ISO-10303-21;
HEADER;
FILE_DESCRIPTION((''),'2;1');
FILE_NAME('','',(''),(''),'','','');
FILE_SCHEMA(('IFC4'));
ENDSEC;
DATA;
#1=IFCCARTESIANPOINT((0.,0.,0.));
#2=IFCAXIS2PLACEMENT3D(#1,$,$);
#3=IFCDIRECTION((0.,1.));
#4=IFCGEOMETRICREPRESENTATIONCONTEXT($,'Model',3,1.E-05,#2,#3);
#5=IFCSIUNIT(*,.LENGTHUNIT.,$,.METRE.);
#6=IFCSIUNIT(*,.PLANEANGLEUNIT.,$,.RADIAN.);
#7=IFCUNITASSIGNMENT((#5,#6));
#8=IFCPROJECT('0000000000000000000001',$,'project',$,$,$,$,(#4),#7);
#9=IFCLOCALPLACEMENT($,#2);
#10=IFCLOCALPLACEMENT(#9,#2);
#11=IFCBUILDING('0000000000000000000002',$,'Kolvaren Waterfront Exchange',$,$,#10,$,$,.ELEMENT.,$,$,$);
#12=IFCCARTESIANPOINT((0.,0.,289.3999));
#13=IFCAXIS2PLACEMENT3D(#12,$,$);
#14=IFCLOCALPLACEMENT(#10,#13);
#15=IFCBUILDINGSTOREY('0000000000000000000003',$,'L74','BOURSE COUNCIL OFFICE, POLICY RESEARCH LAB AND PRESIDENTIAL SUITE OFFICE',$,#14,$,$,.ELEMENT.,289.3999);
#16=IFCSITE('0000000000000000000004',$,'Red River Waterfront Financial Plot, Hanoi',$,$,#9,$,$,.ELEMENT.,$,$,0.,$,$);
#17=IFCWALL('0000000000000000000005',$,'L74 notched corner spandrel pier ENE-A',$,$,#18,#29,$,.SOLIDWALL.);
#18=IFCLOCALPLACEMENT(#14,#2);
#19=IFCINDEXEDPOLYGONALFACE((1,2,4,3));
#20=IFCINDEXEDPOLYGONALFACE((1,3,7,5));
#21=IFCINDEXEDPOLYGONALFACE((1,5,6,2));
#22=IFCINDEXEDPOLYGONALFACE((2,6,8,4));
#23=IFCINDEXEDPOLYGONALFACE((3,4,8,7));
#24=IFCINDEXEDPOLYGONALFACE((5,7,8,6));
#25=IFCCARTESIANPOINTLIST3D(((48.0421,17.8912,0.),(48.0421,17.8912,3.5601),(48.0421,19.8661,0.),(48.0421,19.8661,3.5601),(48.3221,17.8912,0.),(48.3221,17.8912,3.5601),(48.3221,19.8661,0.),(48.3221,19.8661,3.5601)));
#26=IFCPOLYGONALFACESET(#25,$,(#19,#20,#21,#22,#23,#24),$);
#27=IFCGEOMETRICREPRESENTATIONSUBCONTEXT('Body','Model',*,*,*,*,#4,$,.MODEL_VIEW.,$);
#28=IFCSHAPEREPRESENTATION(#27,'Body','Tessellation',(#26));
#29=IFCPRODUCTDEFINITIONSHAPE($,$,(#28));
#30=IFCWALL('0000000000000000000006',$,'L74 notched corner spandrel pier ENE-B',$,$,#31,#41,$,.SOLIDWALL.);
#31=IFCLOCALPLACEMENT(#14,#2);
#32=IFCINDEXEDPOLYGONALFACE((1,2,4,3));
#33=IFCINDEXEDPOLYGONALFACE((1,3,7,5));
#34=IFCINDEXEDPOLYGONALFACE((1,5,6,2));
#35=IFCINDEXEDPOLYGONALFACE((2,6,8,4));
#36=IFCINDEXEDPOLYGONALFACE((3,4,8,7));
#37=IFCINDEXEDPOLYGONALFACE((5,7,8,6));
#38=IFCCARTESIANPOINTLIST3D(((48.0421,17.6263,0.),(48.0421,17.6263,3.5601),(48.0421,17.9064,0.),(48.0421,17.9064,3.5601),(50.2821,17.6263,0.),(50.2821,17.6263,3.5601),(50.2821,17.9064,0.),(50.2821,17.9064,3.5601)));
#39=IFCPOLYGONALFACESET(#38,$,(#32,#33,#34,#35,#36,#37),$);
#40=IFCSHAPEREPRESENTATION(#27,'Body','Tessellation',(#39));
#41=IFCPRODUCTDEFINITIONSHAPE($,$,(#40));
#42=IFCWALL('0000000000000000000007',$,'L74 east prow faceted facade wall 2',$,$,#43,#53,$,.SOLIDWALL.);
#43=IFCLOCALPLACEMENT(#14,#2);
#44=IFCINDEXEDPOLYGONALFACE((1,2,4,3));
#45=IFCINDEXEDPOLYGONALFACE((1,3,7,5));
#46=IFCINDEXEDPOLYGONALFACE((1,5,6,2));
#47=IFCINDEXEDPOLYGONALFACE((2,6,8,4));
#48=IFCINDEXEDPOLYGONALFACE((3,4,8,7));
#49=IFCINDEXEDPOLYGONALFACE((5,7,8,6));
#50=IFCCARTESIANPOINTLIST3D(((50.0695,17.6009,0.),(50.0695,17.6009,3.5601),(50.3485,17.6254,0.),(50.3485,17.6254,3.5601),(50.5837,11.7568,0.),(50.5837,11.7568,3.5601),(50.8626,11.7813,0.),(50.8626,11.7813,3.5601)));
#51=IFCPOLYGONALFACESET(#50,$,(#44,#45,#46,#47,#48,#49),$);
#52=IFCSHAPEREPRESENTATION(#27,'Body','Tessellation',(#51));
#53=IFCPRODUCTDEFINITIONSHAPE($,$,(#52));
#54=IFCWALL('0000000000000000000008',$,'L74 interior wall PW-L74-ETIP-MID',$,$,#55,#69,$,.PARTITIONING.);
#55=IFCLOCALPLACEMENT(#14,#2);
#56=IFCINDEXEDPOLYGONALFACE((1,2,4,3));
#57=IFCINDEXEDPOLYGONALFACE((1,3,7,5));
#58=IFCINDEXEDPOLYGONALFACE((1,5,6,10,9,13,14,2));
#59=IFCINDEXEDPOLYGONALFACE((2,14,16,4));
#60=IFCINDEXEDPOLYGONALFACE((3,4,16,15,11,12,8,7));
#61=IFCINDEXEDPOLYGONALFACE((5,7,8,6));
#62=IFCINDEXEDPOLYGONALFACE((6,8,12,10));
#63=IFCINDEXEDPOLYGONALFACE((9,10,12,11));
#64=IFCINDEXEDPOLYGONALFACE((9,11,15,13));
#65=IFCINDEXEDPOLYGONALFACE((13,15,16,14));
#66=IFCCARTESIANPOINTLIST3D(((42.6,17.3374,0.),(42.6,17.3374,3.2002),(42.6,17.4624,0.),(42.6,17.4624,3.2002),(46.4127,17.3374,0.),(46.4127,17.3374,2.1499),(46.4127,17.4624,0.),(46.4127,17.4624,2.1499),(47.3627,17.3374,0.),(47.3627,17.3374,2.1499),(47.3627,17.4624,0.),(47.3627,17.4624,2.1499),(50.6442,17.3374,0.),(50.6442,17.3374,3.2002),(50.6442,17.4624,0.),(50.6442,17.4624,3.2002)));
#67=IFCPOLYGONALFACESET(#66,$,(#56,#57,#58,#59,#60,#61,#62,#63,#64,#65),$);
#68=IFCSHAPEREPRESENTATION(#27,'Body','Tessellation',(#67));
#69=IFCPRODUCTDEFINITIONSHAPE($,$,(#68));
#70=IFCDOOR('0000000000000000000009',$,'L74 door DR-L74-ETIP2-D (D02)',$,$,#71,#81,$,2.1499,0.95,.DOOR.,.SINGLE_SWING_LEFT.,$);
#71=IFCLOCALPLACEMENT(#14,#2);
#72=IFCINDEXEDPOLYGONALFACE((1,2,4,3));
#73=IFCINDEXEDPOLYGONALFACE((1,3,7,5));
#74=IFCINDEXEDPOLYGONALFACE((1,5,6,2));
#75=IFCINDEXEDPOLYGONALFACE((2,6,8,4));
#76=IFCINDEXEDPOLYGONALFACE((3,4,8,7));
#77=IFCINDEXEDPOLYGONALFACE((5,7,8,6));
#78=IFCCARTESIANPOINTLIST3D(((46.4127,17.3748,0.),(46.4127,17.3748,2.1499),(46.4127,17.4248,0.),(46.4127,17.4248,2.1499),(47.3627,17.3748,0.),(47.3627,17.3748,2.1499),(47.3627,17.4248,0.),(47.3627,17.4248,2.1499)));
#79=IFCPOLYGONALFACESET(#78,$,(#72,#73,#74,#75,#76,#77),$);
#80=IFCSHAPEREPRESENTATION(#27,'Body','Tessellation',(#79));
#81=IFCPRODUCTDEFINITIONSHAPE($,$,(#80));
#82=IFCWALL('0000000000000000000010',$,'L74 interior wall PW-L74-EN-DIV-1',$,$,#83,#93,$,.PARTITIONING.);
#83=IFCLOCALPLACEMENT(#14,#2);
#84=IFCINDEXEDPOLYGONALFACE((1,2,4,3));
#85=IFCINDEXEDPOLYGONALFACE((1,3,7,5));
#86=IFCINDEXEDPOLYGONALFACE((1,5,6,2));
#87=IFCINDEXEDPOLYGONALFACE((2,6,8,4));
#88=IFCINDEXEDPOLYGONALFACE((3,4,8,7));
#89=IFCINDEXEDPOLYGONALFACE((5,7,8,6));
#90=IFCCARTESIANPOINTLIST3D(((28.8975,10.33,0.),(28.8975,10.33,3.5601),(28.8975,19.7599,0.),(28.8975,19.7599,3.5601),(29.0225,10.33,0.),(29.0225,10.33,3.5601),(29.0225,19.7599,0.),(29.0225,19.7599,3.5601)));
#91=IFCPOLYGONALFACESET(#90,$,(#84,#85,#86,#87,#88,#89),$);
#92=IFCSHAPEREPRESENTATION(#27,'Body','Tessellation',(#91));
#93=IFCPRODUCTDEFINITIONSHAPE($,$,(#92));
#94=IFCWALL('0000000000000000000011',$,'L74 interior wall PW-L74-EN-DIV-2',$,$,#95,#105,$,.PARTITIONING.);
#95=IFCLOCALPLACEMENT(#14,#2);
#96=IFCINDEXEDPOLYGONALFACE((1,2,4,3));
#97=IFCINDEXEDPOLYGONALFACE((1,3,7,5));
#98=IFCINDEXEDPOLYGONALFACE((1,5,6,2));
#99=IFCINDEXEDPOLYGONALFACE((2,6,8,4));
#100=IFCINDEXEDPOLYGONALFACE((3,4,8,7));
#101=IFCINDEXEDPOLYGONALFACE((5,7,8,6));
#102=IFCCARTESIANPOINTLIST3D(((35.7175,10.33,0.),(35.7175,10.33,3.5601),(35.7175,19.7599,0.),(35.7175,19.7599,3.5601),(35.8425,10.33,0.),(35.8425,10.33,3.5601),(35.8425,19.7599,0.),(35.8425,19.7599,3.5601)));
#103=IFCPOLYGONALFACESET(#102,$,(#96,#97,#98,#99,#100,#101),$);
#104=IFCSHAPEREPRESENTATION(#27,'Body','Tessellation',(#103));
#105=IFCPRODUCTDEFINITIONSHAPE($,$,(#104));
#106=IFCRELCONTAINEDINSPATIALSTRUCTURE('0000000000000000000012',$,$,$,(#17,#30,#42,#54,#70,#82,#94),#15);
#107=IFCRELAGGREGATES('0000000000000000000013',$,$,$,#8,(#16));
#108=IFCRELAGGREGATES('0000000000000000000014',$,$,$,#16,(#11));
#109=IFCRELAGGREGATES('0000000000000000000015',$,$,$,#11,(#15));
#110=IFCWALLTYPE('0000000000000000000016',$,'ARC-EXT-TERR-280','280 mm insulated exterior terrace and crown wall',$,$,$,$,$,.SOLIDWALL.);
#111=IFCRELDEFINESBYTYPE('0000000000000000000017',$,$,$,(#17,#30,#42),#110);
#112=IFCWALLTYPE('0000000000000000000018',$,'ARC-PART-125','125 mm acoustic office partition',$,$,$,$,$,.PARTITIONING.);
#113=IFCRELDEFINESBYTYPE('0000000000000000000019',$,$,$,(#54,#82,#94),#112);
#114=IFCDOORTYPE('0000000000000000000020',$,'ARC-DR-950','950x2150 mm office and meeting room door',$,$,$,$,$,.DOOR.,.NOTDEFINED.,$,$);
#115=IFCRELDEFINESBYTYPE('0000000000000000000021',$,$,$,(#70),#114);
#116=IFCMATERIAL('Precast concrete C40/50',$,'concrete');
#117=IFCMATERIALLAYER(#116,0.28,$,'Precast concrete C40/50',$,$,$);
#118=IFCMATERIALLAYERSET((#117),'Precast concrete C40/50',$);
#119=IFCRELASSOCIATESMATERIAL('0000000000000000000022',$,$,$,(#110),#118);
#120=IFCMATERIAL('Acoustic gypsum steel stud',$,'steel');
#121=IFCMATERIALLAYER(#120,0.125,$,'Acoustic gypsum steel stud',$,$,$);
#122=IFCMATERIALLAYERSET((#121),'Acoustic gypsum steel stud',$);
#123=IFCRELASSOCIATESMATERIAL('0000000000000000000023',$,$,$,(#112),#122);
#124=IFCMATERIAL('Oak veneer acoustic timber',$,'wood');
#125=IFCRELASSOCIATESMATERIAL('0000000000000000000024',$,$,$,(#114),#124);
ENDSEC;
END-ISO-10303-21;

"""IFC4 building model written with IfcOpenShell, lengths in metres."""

from ifc_helpers import new_model, si_unit, direction, frame, frame_2d, origin, place, context, subcontext, project, spatial, rectangle, extrude, material, layer, layer_set, type_object, element, fill, save


model = new_model("IFC4")

# Units and contexts
model_context = context("Model", 3, precision=1e-05, world=origin(), true_north=direction((0.0, 1.0)))
body_context = subcontext(model_context, "Body", "Model", "MODEL_VIEW")
ifc_project = project(units=[si_unit("LENGTHUNIT", "METRE"), si_unit("PLANEANGLEUNIT", "RADIAN")], contexts=[model_context])

# Site, building, storey
site_placement = place(None, origin())
site = spatial("IfcSite", under=ifc_project, at=site_placement, Name="Red River Waterfront Financial Plot, Hanoi", CompositionType="ELEMENT", RefElevation=0.0)
building_placement = place(site_placement, origin())
building = spatial("IfcBuilding", under=site, at=building_placement, Name="Kolvaren Waterfront Exchange", CompositionType="ELEMENT")
storey_placement = place(building_placement, frame((0.0, 0.0, 289.3999)))
storey = spatial("IfcBuildingStorey", under=building, at=storey_placement, Name="L74", Description="BOURSE COUNCIL OFFICE, POLICY RESEARCH LAB AND PRESIDENTIAL SUITE OFFICE", CompositionType="ELEMENT", Elevation=289.3999)

# Walls
ifc_material_1 = material(Name="Precast concrete C40/50", Category="concrete")
ifc_layer_1 = layer(ifc_material_1, 0.28, Name="Precast concrete C40/50")
ifc_layer_set_1 = layer_set([ifc_layer_1], Name="Precast concrete C40/50")
wall_type_1 = type_object("IfcWallType", Name="ARC-EXT-TERR-280", Description="280 mm insulated exterior terrace and crown wall", PredefinedType="SOLIDWALL", material=ifc_layer_set_1)
wall_1_placement = place(storey_placement, frame((48.1821, 17.8914, 0.0), z_axis=(0.0, 0.0, 1.0), x_axis=(0.0, 1.0, 0.0)))
element("IfcWall", 1, at=wall_1_placement, inside=storey, type_object=wall_type_1, Name="L74 notched corner spandrel pier ENE-A", PredefinedType="SOLIDWALL", context=body_context, shape_type="SweptSolid", body=[
    extrude(rectangle(XDim=1.9749, YDim=0.28, at=frame_2d((0.9873, 0.0))), origin(), (0.0, 0.0, 1.0), 3.5601),
])
wall_2_placement = place(storey_placement, frame((48.042, 17.7664, 0.0), z_axis=(0.0, 0.0, 1.0), x_axis=(1.0, 0.0, 0.0)))
element("IfcWall", 2, at=wall_2_placement, inside=storey, type_object=wall_type_1, Name="L74 notched corner spandrel pier ENE-B", PredefinedType="SOLIDWALL", context=body_context, shape_type="SweptSolid", body=[
    extrude(rectangle(XDim=2.24, YDim=0.28, at=frame_2d((1.1201, 0.0))), origin(), (0.0, 0.0, 1.0), 3.5601),
])
wall_3_placement = place(storey_placement, frame((50.7231, 11.769, 0.0), z_axis=(0.0, 0.0, 1.0), x_axis=(-0.087639, 0.996152, 0.0)))
element("IfcWall", 3, at=wall_3_placement, inside=storey, type_object=wall_type_1, Name="L74 east prow faceted facade wall 2", PredefinedType="SOLIDWALL", context=body_context, shape_type="SweptSolid", body=[
    extrude(rectangle(XDim=5.8667, YDim=0.28, at=frame_2d((2.9333, 0.0))), origin(), (0.0, 0.0, 1.0), 3.5601),
])

# Wall, opening, door
ifc_material_2 = material(Name="Acoustic gypsum steel stud", Category="steel")
ifc_layer_2 = layer(ifc_material_2, 0.125, Name="Acoustic gypsum steel stud")
ifc_layer_set_2 = layer_set([ifc_layer_2], Name="Acoustic gypsum steel stud")
wall_type_2 = type_object("IfcWallType", Name="ARC-PART-125", Description="125 mm acoustic office partition", PredefinedType="PARTITIONING", material=ifc_layer_set_2)
wall_4_placement = place(storey_placement, frame((42.6001, 17.3999, 0.0), z_axis=(0.0, 0.0, 1.0), x_axis=(1.0, 0.0, 0.0)))
wall_4 = element("IfcWall", 4, at=wall_4_placement, inside=storey, type_object=wall_type_2, Name="L74 interior wall PW-L74-ETIP-MID", PredefinedType="PARTITIONING", context=body_context, shape_type="SweptSolid", body=[
    extrude(rectangle(XDim=8.0442, YDim=0.125, at=frame_2d((4.022, 0.0))), origin(), (0.0, 0.0, 1.0), 3.2002),
])
opening_placement = place(wall_4_placement, frame((3.8125, 0.0, 0.0)))
opening = element("IfcOpeningElement", 5, at=opening_placement, cuts=wall_4, PredefinedType="OPENING", context=body_context, shape_type="SweptSolid", body=[
    extrude(rectangle(XDim=0.95, YDim=2.1499, at=frame_2d((0.4751, 1.075))), frame((0.0, 0.0725, 0.0), z_axis=(0.0, -1.0, 0.0), x_axis=(1.0, 0.0, 0.0)), (0.0, 0.0, 1.0), 0.145),
])
ifc_material_3 = material(Name="Oak veneer acoustic timber", Category="wood")
door_type = type_object("IfcDoorType", Name="ARC-DR-950", Description="950x2150 mm office and meeting room door", OperationType="NOTDEFINED", PredefinedType="DOOR", material=ifc_material_3)
door_placement = place(opening_placement, origin())
door = element("IfcDoor", 6, at=door_placement, inside=storey, type_object=door_type, Name="L74 door DR-L74-ETIP2-D (D02)", OperationType="SINGLE_SWING_LEFT", OverallHeight=2.1499, OverallWidth=0.95, PredefinedType="DOOR", context=body_context, shape_type="SweptSolid", body=[
    extrude(rectangle(XDim=0.95, YDim=2.1499, at=frame_2d((0.4751, 1.075))), frame((0.0, 0.0249, 0.0), z_axis=(0.0, -1.0, 0.0), x_axis=(1.0, 0.0, 0.0)), (0.0, 0.0, 1.0), 0.05),
])
fill(opening, door)

# Walls
for number, where, z_axis, x_axis, name in (
    (7, (28.96, 10.3301, 0.0), (0.0, 0.0, 1.0), (0.0, 1.0, 0.0), "L74 interior wall PW-L74-EN-DIV-1"),
    (8, (35.78, 10.3301, 0.0), (0.0, 0.0, 1.0), (0.0, 1.0, 0.0), "L74 interior wall PW-L74-EN-DIV-2"),
):
    element("IfcWall", number, at=place(storey_placement, frame(where, z_axis=z_axis, x_axis=x_axis)), inside=storey, type_object=wall_type_2, Name=name, PredefinedType="PARTITIONING", context=body_context, shape_type="SweptSolid", body=[
        extrude(rectangle(XDim=9.4299, YDim=0.125, at=frame_2d((4.7148, 0.0))), origin(), (0.0, 0.0, 1.0), 3.5601),
    ])

save(model, "model.ifc")
